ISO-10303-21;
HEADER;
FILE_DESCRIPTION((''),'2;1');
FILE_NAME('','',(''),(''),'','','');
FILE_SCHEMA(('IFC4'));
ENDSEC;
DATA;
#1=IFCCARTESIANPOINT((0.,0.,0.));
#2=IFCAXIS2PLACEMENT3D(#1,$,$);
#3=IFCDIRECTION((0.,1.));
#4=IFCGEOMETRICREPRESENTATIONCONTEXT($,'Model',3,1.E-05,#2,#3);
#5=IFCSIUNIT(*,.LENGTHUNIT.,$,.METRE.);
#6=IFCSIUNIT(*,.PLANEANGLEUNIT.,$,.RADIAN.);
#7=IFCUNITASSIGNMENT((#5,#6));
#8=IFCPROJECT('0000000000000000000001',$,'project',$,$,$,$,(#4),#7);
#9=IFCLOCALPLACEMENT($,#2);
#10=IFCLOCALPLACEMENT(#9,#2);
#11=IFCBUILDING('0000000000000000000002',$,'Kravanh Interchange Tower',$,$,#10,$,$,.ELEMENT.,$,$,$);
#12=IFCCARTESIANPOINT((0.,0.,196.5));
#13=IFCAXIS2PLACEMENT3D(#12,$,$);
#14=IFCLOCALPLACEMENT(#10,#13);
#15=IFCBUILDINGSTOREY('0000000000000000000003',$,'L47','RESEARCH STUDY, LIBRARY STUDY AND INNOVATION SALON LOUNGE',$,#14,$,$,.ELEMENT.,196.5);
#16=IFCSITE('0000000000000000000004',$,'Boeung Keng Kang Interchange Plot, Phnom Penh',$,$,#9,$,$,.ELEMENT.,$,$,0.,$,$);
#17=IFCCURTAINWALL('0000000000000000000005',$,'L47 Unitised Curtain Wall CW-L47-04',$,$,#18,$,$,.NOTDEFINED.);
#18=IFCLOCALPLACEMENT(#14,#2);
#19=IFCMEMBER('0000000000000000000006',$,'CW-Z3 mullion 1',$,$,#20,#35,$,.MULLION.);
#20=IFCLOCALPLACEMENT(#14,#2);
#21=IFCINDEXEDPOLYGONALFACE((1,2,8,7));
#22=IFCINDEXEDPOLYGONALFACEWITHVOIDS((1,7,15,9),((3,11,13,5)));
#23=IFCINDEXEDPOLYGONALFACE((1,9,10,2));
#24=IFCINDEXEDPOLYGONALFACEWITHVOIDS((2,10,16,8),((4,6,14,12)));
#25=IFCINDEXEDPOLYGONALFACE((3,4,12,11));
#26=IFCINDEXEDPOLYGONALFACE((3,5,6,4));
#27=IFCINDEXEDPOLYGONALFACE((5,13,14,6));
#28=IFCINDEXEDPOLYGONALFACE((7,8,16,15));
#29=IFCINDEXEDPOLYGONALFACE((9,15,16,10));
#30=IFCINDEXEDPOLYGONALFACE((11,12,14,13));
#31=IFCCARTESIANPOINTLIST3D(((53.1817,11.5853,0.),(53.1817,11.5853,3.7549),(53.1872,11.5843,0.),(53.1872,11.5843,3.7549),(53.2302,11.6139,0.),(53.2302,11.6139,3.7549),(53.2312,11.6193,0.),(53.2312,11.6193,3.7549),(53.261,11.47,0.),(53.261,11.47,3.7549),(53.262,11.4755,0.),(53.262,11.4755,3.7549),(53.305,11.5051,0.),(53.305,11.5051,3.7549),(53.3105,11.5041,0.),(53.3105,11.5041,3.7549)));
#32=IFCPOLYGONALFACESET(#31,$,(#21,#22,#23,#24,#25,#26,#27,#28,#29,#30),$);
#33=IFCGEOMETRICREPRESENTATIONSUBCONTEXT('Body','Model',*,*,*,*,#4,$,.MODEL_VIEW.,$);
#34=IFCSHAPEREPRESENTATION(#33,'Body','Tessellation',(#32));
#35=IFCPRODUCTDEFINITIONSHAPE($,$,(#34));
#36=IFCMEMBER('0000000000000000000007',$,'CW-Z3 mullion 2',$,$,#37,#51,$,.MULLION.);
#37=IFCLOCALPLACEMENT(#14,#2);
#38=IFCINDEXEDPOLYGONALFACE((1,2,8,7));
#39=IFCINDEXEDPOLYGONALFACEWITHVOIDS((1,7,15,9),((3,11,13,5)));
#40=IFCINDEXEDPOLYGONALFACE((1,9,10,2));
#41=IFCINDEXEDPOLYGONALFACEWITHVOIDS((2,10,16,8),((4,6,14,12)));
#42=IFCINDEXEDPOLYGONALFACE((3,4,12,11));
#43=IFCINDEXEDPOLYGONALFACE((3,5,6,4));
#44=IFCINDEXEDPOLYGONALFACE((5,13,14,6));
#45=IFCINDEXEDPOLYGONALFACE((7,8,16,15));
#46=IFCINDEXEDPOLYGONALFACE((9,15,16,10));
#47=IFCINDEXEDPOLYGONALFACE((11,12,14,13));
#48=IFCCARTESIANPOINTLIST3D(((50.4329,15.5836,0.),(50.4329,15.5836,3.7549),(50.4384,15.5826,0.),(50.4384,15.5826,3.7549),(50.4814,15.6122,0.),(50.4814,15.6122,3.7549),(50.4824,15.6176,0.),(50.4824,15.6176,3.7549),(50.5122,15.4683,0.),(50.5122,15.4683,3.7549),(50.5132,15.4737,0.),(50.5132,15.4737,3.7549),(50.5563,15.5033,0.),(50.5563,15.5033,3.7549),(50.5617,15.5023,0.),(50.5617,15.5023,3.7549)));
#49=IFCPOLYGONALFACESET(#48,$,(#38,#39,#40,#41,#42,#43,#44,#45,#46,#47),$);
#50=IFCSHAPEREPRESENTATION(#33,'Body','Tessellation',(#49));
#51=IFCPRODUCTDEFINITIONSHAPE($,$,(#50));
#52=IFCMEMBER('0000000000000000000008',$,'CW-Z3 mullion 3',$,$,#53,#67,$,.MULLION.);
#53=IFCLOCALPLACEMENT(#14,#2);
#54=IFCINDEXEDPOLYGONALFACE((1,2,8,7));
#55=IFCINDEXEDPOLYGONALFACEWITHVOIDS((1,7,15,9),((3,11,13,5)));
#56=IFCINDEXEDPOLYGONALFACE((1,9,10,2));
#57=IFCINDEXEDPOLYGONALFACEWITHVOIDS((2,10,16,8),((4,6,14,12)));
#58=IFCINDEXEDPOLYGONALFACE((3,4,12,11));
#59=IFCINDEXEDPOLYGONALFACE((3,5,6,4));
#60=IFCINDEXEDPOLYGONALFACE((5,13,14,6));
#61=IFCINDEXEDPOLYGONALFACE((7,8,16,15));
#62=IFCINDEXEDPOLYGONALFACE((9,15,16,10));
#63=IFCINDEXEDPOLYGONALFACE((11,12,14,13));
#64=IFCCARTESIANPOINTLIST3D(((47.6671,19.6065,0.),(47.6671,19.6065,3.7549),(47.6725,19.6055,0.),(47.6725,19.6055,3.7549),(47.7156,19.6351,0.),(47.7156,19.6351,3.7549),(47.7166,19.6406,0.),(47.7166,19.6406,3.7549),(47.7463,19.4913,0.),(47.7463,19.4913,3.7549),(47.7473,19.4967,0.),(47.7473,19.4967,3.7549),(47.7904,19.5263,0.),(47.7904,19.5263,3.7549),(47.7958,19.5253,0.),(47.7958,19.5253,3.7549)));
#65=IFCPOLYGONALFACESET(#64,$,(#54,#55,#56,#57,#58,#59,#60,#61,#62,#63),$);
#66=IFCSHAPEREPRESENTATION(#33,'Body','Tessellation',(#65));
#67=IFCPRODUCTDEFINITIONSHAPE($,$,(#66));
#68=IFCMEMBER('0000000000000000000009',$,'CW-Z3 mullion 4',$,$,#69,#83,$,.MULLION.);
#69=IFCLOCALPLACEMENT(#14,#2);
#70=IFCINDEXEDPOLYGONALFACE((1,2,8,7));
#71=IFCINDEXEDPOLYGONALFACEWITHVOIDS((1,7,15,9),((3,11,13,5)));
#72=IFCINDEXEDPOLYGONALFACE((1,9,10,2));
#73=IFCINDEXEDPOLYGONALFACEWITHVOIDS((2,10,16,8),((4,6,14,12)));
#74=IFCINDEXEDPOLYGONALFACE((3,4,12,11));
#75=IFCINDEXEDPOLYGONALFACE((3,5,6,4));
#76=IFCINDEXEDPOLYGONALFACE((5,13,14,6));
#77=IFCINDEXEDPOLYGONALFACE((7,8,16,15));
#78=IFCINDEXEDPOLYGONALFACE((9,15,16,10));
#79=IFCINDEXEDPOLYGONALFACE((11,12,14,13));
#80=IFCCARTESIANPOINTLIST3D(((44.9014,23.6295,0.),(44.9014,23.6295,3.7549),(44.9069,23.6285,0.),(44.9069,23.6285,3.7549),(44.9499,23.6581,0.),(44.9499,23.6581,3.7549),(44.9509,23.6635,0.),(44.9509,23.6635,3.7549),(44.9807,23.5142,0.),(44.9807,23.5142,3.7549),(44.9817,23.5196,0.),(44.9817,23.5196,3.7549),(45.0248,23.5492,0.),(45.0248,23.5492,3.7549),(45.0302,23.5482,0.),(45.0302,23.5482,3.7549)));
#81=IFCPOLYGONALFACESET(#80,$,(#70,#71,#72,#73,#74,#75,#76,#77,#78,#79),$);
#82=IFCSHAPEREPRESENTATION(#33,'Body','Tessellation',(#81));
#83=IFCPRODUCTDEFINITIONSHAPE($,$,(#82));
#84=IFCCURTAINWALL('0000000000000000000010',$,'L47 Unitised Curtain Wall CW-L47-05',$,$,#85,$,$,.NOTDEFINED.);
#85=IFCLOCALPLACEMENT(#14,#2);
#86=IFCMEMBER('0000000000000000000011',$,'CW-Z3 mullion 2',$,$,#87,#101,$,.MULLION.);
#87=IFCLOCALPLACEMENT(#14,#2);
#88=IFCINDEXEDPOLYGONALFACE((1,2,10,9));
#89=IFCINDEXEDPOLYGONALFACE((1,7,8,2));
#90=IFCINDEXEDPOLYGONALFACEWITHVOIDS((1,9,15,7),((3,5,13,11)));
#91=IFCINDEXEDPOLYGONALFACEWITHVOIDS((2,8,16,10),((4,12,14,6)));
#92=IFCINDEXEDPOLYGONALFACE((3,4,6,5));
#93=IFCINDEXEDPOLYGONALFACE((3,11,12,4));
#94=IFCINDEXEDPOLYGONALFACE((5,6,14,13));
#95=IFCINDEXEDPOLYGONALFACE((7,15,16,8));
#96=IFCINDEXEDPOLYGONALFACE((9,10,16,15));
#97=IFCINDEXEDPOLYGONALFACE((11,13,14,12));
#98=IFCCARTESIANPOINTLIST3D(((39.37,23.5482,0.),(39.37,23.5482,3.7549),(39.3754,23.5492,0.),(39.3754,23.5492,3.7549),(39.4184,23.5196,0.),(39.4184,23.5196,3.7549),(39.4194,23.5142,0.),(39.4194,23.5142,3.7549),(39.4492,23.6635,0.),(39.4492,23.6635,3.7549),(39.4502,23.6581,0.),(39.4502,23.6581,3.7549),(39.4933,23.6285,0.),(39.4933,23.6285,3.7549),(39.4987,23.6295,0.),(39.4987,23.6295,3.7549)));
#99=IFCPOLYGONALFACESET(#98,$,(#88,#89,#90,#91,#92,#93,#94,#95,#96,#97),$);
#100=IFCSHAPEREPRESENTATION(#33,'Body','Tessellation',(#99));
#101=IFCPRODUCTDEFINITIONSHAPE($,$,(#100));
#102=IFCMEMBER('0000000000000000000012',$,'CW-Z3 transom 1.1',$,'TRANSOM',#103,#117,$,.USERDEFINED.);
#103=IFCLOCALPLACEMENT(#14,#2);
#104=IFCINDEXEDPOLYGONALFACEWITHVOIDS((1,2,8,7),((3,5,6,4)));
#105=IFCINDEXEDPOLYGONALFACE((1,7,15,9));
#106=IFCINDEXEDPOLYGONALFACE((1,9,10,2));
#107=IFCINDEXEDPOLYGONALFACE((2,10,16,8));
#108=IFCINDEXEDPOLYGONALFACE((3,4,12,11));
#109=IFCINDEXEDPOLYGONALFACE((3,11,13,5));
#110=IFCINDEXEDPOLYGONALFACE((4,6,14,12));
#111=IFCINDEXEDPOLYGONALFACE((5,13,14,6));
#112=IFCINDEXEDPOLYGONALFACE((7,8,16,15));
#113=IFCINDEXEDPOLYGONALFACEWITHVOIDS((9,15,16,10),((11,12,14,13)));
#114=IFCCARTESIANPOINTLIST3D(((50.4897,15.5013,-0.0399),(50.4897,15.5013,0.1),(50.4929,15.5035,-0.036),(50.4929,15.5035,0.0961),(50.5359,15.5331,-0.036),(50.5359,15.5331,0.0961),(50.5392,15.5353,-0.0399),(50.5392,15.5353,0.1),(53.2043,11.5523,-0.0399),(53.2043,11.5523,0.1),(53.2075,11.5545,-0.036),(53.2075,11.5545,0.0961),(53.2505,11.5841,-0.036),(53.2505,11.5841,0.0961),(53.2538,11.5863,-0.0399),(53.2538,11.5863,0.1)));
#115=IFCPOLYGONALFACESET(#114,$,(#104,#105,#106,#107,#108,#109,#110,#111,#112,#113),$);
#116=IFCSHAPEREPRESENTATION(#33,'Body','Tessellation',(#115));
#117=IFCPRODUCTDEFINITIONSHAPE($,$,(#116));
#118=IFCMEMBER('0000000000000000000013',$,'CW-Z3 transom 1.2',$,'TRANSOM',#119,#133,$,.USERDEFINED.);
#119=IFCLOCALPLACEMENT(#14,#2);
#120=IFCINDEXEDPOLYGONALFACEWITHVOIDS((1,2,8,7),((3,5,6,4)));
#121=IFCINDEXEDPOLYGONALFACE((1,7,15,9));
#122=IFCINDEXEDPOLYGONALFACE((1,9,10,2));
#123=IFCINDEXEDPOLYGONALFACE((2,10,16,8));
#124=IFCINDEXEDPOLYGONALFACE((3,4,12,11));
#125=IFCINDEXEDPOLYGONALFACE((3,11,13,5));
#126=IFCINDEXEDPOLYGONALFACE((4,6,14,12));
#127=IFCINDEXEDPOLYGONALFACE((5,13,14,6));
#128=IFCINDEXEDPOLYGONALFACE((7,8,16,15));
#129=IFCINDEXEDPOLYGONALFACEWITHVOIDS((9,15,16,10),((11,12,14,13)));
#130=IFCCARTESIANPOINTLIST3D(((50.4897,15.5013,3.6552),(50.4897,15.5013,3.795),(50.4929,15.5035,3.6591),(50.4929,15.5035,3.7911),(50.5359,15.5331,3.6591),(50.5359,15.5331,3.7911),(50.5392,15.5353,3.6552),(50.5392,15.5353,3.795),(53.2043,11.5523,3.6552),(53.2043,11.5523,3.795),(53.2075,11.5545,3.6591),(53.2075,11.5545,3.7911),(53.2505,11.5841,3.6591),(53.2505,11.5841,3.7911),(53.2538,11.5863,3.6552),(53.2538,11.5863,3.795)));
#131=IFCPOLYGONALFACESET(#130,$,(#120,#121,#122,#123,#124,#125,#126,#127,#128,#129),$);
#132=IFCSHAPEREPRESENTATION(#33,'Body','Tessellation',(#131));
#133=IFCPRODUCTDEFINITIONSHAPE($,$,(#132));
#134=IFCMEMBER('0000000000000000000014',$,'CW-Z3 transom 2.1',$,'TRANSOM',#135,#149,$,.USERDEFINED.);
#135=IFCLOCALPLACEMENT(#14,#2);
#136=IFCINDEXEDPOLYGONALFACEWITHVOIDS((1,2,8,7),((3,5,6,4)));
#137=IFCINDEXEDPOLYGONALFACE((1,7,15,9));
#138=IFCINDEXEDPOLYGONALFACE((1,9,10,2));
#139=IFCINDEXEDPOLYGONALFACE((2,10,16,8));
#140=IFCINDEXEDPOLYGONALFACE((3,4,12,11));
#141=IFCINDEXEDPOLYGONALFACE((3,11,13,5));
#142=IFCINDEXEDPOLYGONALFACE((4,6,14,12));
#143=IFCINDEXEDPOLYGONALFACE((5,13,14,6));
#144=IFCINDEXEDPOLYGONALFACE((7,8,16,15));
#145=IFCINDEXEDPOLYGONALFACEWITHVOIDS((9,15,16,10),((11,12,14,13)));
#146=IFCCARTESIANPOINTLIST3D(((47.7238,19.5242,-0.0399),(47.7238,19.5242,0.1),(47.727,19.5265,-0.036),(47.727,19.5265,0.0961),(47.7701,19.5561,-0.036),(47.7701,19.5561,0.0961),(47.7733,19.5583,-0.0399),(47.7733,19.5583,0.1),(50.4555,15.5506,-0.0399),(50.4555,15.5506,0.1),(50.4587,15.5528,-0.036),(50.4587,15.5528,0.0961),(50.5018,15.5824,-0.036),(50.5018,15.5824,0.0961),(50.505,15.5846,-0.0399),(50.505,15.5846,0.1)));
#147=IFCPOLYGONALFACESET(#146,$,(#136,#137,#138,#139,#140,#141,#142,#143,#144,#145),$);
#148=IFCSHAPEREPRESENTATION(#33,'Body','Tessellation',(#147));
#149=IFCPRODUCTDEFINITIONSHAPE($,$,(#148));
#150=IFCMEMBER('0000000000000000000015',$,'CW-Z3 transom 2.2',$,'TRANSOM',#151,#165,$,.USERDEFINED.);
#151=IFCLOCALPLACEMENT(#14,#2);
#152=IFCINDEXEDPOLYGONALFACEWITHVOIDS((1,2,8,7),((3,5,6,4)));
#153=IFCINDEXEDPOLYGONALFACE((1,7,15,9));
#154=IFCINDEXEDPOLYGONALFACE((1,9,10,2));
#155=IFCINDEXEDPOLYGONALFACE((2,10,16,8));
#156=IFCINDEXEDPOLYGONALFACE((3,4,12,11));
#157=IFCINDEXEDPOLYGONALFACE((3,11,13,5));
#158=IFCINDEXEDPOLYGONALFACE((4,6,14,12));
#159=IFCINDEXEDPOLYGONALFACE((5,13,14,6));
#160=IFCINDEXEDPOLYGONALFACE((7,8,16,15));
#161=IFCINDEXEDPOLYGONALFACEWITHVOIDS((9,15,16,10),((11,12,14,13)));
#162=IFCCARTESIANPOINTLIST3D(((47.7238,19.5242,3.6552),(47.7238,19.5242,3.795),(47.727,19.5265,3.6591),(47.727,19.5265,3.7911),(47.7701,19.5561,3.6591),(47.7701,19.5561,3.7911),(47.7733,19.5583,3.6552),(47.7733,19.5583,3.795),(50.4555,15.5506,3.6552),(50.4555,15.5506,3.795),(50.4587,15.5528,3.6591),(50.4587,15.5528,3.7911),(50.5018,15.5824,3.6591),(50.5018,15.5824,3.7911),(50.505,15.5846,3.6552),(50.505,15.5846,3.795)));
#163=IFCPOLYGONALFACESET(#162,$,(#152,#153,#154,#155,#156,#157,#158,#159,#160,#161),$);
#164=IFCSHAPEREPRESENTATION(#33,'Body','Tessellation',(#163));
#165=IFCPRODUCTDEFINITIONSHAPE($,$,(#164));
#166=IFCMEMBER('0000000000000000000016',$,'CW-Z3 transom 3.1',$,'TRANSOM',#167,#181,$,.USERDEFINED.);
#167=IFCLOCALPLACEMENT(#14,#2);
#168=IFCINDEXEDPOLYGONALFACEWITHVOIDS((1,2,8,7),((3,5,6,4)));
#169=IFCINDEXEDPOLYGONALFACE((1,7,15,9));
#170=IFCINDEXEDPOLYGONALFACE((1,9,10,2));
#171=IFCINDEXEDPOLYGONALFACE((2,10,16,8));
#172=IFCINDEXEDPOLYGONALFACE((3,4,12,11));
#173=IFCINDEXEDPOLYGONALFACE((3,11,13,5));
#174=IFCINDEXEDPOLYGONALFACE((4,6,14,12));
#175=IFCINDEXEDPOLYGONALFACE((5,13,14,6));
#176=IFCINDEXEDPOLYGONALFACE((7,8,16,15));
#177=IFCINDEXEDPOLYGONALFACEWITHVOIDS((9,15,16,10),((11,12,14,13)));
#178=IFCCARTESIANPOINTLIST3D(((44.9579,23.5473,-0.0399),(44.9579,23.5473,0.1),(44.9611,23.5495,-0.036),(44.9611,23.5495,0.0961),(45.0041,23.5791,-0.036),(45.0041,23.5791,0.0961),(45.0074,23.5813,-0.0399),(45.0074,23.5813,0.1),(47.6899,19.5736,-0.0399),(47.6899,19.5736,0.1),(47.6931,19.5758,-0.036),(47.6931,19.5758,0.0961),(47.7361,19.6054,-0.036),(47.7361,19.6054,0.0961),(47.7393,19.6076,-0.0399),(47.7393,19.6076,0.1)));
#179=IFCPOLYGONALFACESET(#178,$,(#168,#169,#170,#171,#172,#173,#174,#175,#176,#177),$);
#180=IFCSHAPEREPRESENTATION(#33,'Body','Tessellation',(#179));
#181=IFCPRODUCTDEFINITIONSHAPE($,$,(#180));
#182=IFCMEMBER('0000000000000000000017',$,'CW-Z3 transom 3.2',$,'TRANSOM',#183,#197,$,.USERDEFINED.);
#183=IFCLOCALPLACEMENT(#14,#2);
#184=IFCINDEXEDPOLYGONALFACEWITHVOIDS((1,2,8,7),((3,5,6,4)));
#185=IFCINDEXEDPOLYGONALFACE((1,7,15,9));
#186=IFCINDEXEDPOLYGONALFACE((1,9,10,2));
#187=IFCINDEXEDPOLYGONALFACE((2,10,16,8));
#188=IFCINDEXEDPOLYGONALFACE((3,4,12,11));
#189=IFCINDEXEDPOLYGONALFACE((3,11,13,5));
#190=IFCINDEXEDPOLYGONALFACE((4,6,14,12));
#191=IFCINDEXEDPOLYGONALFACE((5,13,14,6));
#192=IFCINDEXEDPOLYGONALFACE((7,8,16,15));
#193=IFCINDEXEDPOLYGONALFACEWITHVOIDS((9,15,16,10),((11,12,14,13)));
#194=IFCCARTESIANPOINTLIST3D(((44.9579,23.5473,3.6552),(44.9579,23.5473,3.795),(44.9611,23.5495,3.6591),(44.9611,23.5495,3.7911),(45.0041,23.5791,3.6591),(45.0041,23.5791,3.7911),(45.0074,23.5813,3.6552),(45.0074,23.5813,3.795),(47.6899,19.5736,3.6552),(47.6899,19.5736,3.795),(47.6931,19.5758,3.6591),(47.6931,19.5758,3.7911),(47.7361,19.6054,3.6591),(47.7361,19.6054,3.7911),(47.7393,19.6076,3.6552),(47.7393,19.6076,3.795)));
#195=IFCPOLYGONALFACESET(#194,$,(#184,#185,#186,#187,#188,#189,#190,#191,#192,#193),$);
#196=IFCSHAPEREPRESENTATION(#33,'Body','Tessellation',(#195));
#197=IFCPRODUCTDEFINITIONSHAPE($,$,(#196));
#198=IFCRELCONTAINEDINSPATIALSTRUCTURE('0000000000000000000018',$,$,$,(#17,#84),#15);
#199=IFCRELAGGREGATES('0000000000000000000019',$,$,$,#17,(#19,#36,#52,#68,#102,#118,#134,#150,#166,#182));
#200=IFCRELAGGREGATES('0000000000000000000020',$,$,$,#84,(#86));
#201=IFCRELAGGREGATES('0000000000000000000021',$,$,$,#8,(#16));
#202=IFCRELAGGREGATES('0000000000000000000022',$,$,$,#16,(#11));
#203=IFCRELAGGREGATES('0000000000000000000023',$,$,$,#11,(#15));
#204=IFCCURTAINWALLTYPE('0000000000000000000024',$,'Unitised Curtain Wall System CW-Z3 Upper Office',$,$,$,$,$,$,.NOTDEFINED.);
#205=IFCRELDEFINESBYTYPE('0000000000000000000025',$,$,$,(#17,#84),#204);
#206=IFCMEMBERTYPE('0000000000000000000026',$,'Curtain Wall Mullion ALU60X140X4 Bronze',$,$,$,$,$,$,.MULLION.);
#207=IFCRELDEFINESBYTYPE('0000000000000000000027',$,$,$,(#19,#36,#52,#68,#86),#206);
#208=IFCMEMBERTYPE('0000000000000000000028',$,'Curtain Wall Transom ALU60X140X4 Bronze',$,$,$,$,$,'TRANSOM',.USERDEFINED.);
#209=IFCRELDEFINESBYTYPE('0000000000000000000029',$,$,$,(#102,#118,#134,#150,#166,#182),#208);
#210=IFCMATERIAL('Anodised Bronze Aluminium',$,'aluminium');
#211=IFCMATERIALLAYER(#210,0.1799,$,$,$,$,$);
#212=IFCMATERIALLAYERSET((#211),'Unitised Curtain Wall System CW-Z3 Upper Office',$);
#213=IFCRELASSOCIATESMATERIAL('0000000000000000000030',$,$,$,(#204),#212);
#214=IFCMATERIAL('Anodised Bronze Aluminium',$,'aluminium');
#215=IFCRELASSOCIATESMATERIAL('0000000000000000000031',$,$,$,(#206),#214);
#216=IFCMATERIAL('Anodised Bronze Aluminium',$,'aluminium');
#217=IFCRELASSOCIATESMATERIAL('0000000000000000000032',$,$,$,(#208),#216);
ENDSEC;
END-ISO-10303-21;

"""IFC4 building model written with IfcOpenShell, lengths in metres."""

from ifc_helpers import new_model, si_unit, direction, frame, origin, origin_2d, place, context, subcontext, project, spatial, hollow_rectangle, extrude, material, layer, layer_set, material_profile, profile_set, type_object, element, aggregate, save


model = new_model("IFC4")

# Units and contexts
model_context = context("Model", 3, precision=1e-05, world=origin(), true_north=direction((0.0, 1.0)))
body_context = subcontext(model_context, "Body", "Model", "MODEL_VIEW")
ifc_project = project(units=[si_unit("LENGTHUNIT", "METRE"), si_unit("PLANEANGLEUNIT", "RADIAN")], contexts=[model_context])

# Site, building, storey
site_placement = place(None, origin())
site = spatial("IfcSite", under=ifc_project, at=site_placement, Name="Boeung Keng Kang Interchange Plot, Phnom Penh", CompositionType="ELEMENT", RefElevation=0.0)
building_placement = place(site_placement, origin())
building = spatial("IfcBuilding", under=site, at=building_placement, Name="Kravanh Interchange Tower", CompositionType="ELEMENT")
storey_placement = place(building_placement, frame((0.0, 0.0, 196.5)))
storey = spatial("IfcBuildingStorey", under=building, at=storey_placement, Name="L47", Description="RESEARCH STUDY, LIBRARY STUDY AND INNOVATION SALON LOUNGE", CompositionType="ELEMENT", Elevation=196.5)

# Shared definitions
ifc_material_1 = material(Name="Anodised Bronze Aluminium", Category="aluminium")
ifc_layer_1 = layer(ifc_material_1, 0.1799)
ifc_layer_set_1 = layer_set([ifc_layer_1], Name="Unitised Curtain Wall System CW-Z3 Upper Office")
curtain_wall_type = type_object("IfcCurtainWallType", Name="Unitised Curtain Wall System CW-Z3 Upper Office", PredefinedType="NOTDEFINED", material=ifc_layer_set_1)
ifc_material_2 = material(Name="Anodised Bronze Aluminium", Category="aluminium")
ifc_material_profile_1 = material_profile(ifc_material_2, hollow_rectangle(XDim=0.0601, YDim=0.1399, WallThickness=0.0039, at=origin_2d()), Name="ALU60X140X4")
ifc_profile_set_1 = profile_set([ifc_material_profile_1], Name="Anodised Bronze Aluminium")
member_type_1 = type_object("IfcMemberType", Name="Curtain Wall Mullion ALU60X140X4 Bronze", PredefinedType="MULLION", material=ifc_profile_set_1)

# Curtain wall, members
curtain_wall_1_placement = place(storey_placement, origin())
curtain_wall_1 = element("IfcCurtainWall", 1, at=curtain_wall_1_placement, inside=storey, type_object=curtain_wall_type, Name="L47 Unitised Curtain Wall CW-L47-04", PredefinedType="NOTDEFINED")
member_1_placement = place(storey_placement, frame((53.2461, 11.5447, 0.0), z_axis=(0.0, 0.0, 1.0), x_axis=(-0.824042, -0.566528, 0.0)))
member_1 = element("IfcMember", 2, at=member_1_placement, type_object=member_type_1, Name="CW-Z3 mullion 1", PredefinedType="MULLION", context=body_context, shape_type="SweptSolid", body=[
    extrude(hollow_rectangle(XDim=0.0601, YDim=0.1399, WallThickness=0.0039, at=origin_2d()), origin(), (0.0, 0.0, 1.0), 3.7549),
])
member_2_placement = place(storey_placement, frame((50.4973, 15.543, 0.0), z_axis=(0.0, 0.0, 1.0), x_axis=(-0.824042, -0.566528, 0.0)))
member_2 = element("IfcMember", 3, at=member_2_placement, type_object=member_type_1, Name="CW-Z3 mullion 2", PredefinedType="MULLION", context=body_context, shape_type="SweptSolid", body=[
    extrude(hollow_rectangle(XDim=0.0601, YDim=0.1399, WallThickness=0.0039, at=origin_2d()), origin(), (0.0, 0.0, 1.0), 3.7549),
])
member_3_placement = place(storey_placement, frame((47.7314, 19.5659, 0.0), z_axis=(0.0, 0.0, 1.0), x_axis=(-0.824042, -0.566528, 0.0)))
member_3 = element("IfcMember", 4, at=member_3_placement, type_object=member_type_1, Name="CW-Z3 mullion 3", PredefinedType="MULLION", context=body_context, shape_type="SweptSolid", body=[
    extrude(hollow_rectangle(XDim=0.0601, YDim=0.1399, WallThickness=0.0039, at=origin_2d()), origin(), (0.0, 0.0, 1.0), 3.7549),
])
member_4_placement = place(storey_placement, frame((44.9658, 23.5889, 0.0), z_axis=(0.0, 0.0, 1.0), x_axis=(-0.824042, -0.566528, 0.0)))
member_4 = element("IfcMember", 5, at=member_4_placement, type_object=member_type_1, Name="CW-Z3 mullion 4", PredefinedType="MULLION", context=body_context, shape_type="SweptSolid", body=[
    extrude(hollow_rectangle(XDim=0.0601, YDim=0.1399, WallThickness=0.0039, at=origin_2d()), origin(), (0.0, 0.0, 1.0), 3.7549),
])

# Curtain wall, member
curtain_wall_2_placement = place(storey_placement, origin())
curtain_wall_2 = element("IfcCurtainWall", 6, at=curtain_wall_2_placement, inside=storey, type_object=curtain_wall_type, Name="L47 Unitised Curtain Wall CW-L47-05", PredefinedType="NOTDEFINED")
member_5_placement = place(storey_placement, frame((39.4343, 23.5889, 0.0), z_axis=(0.0, 0.0, 1.0), x_axis=(0.824042, -0.566528, 0.0)))
member_5 = element("IfcMember", 7, at=member_5_placement, type_object=member_type_1, Name="CW-Z3 mullion 2", PredefinedType="MULLION", context=body_context, shape_type="SweptSolid", body=[
    extrude(hollow_rectangle(XDim=0.0601, YDim=0.1399, WallThickness=0.0039, at=origin_2d()), origin(), (0.0, 0.0, 1.0), 3.7549),
])

# Members
ifc_material_3 = material(Name="Anodised Bronze Aluminium", Category="aluminium")
ifc_material_profile_2 = material_profile(ifc_material_3, hollow_rectangle(XDim=0.0601, YDim=0.1399, WallThickness=0.0039, at=origin_2d()), Name="ALU60X140X4")
ifc_profile_set_2 = profile_set([ifc_material_profile_2], Name="Anodised Bronze Aluminium")
member_type_2 = type_object("IfcMemberType", Name="Curtain Wall Transom ALU60X140X4 Bronze", ElementType="TRANSOM", PredefinedType="USERDEFINED", material=ifc_profile_set_2)
member_6_placement = place(storey_placement, frame((53.229, 11.5693, 0.03), z_axis=(-0.566483, 0.824073, 0.0), x_axis=(-0.824073, -0.566483, 0.0)))
member_6 = element("IfcMember", 8, at=member_6_placement, type_object=member_type_2, Name="CW-Z3 transom 1.1", ObjectType="TRANSOM", PredefinedType="USERDEFINED", context=body_context, shape_type="SweptSolid", body=[
    extrude(hollow_rectangle(XDim=0.0601, YDim=0.1399, WallThickness=0.0039, at=origin_2d()), origin(), (0.0, 0.0, 1.0), 4.792),
])
member_7_placement = place(storey_placement, frame((53.229, 11.5693, 3.7251), z_axis=(-0.566483, 0.824073, 0.0), x_axis=(-0.824073, -0.566483, 0.0)))
member_7 = element("IfcMember", 9, at=member_7_placement, type_object=member_type_2, Name="CW-Z3 transom 1.2", ObjectType="TRANSOM", PredefinedType="USERDEFINED", context=body_context, shape_type="SweptSolid", body=[
    extrude(hollow_rectangle(XDim=0.0601, YDim=0.1399, WallThickness=0.0039, at=origin_2d()), origin(), (0.0, 0.0, 1.0), 4.792),
])
member_8_placement = place(storey_placement, frame((50.4802, 15.5676, 0.03), z_axis=(-0.566503, 0.82406, 0.0), x_axis=(-0.82406, -0.566503, 0.0)))
member_8 = element("IfcMember", 10, at=member_8_placement, type_object=member_type_2, Name="CW-Z3 transom 2.1", ObjectType="TRANSOM", PredefinedType="USERDEFINED", context=body_context, shape_type="SweptSolid", body=[
    extrude(hollow_rectangle(XDim=0.0601, YDim=0.1399, WallThickness=0.0039, at=origin_2d()), origin(), (0.0, 0.0, 1.0), 4.822),
])
member_9_placement = place(storey_placement, frame((50.4802, 15.5676, 3.7251), z_axis=(-0.566503, 0.82406, 0.0), x_axis=(-0.82406, -0.566503, 0.0)))
member_9 = element("IfcMember", 11, at=member_9_placement, type_object=member_type_2, Name="CW-Z3 transom 2.2", ObjectType="TRANSOM", PredefinedType="USERDEFINED", context=body_context, shape_type="SweptSolid", body=[
    extrude(hollow_rectangle(XDim=0.0601, YDim=0.1399, WallThickness=0.0039, at=origin_2d()), origin(), (0.0, 0.0, 1.0), 4.822),
])
member_10_placement = place(storey_placement, frame((47.7146, 19.5906, 0.03), z_axis=(-0.566537, 0.824036, 0.0), x_axis=(-0.824036, -0.566537, 0.0)))
member_10 = element("IfcMember", 12, at=member_10_placement, type_object=member_type_2, Name="CW-Z3 transom 3.1", ObjectType="TRANSOM", PredefinedType="USERDEFINED", context=body_context, shape_type="SweptSolid", body=[
    extrude(hollow_rectangle(XDim=0.0601, YDim=0.1399, WallThickness=0.0039, at=origin_2d()), origin(), (0.0, 0.0, 1.0), 4.8223),
])
member_11_placement = place(storey_placement, frame((47.7146, 19.5906, 3.7251), z_axis=(-0.566537, 0.824036, 0.0), x_axis=(-0.824036, -0.566537, 0.0)))
member_11 = element("IfcMember", 13, at=member_11_placement, type_object=member_type_2, Name="CW-Z3 transom 3.2", ObjectType="TRANSOM", PredefinedType="USERDEFINED", context=body_context, shape_type="SweptSolid", body=[
    extrude(hollow_rectangle(XDim=0.0601, YDim=0.1399, WallThickness=0.0039, at=origin_2d()), origin(), (0.0, 0.0, 1.0), 4.8223),
])

aggregate(curtain_wall_1, [member_1, member_2, member_3, member_4, member_6, member_7, member_8, member_9, member_10, member_11])
aggregate(curtain_wall_2, [member_5])

save(model, "model.ifc")
